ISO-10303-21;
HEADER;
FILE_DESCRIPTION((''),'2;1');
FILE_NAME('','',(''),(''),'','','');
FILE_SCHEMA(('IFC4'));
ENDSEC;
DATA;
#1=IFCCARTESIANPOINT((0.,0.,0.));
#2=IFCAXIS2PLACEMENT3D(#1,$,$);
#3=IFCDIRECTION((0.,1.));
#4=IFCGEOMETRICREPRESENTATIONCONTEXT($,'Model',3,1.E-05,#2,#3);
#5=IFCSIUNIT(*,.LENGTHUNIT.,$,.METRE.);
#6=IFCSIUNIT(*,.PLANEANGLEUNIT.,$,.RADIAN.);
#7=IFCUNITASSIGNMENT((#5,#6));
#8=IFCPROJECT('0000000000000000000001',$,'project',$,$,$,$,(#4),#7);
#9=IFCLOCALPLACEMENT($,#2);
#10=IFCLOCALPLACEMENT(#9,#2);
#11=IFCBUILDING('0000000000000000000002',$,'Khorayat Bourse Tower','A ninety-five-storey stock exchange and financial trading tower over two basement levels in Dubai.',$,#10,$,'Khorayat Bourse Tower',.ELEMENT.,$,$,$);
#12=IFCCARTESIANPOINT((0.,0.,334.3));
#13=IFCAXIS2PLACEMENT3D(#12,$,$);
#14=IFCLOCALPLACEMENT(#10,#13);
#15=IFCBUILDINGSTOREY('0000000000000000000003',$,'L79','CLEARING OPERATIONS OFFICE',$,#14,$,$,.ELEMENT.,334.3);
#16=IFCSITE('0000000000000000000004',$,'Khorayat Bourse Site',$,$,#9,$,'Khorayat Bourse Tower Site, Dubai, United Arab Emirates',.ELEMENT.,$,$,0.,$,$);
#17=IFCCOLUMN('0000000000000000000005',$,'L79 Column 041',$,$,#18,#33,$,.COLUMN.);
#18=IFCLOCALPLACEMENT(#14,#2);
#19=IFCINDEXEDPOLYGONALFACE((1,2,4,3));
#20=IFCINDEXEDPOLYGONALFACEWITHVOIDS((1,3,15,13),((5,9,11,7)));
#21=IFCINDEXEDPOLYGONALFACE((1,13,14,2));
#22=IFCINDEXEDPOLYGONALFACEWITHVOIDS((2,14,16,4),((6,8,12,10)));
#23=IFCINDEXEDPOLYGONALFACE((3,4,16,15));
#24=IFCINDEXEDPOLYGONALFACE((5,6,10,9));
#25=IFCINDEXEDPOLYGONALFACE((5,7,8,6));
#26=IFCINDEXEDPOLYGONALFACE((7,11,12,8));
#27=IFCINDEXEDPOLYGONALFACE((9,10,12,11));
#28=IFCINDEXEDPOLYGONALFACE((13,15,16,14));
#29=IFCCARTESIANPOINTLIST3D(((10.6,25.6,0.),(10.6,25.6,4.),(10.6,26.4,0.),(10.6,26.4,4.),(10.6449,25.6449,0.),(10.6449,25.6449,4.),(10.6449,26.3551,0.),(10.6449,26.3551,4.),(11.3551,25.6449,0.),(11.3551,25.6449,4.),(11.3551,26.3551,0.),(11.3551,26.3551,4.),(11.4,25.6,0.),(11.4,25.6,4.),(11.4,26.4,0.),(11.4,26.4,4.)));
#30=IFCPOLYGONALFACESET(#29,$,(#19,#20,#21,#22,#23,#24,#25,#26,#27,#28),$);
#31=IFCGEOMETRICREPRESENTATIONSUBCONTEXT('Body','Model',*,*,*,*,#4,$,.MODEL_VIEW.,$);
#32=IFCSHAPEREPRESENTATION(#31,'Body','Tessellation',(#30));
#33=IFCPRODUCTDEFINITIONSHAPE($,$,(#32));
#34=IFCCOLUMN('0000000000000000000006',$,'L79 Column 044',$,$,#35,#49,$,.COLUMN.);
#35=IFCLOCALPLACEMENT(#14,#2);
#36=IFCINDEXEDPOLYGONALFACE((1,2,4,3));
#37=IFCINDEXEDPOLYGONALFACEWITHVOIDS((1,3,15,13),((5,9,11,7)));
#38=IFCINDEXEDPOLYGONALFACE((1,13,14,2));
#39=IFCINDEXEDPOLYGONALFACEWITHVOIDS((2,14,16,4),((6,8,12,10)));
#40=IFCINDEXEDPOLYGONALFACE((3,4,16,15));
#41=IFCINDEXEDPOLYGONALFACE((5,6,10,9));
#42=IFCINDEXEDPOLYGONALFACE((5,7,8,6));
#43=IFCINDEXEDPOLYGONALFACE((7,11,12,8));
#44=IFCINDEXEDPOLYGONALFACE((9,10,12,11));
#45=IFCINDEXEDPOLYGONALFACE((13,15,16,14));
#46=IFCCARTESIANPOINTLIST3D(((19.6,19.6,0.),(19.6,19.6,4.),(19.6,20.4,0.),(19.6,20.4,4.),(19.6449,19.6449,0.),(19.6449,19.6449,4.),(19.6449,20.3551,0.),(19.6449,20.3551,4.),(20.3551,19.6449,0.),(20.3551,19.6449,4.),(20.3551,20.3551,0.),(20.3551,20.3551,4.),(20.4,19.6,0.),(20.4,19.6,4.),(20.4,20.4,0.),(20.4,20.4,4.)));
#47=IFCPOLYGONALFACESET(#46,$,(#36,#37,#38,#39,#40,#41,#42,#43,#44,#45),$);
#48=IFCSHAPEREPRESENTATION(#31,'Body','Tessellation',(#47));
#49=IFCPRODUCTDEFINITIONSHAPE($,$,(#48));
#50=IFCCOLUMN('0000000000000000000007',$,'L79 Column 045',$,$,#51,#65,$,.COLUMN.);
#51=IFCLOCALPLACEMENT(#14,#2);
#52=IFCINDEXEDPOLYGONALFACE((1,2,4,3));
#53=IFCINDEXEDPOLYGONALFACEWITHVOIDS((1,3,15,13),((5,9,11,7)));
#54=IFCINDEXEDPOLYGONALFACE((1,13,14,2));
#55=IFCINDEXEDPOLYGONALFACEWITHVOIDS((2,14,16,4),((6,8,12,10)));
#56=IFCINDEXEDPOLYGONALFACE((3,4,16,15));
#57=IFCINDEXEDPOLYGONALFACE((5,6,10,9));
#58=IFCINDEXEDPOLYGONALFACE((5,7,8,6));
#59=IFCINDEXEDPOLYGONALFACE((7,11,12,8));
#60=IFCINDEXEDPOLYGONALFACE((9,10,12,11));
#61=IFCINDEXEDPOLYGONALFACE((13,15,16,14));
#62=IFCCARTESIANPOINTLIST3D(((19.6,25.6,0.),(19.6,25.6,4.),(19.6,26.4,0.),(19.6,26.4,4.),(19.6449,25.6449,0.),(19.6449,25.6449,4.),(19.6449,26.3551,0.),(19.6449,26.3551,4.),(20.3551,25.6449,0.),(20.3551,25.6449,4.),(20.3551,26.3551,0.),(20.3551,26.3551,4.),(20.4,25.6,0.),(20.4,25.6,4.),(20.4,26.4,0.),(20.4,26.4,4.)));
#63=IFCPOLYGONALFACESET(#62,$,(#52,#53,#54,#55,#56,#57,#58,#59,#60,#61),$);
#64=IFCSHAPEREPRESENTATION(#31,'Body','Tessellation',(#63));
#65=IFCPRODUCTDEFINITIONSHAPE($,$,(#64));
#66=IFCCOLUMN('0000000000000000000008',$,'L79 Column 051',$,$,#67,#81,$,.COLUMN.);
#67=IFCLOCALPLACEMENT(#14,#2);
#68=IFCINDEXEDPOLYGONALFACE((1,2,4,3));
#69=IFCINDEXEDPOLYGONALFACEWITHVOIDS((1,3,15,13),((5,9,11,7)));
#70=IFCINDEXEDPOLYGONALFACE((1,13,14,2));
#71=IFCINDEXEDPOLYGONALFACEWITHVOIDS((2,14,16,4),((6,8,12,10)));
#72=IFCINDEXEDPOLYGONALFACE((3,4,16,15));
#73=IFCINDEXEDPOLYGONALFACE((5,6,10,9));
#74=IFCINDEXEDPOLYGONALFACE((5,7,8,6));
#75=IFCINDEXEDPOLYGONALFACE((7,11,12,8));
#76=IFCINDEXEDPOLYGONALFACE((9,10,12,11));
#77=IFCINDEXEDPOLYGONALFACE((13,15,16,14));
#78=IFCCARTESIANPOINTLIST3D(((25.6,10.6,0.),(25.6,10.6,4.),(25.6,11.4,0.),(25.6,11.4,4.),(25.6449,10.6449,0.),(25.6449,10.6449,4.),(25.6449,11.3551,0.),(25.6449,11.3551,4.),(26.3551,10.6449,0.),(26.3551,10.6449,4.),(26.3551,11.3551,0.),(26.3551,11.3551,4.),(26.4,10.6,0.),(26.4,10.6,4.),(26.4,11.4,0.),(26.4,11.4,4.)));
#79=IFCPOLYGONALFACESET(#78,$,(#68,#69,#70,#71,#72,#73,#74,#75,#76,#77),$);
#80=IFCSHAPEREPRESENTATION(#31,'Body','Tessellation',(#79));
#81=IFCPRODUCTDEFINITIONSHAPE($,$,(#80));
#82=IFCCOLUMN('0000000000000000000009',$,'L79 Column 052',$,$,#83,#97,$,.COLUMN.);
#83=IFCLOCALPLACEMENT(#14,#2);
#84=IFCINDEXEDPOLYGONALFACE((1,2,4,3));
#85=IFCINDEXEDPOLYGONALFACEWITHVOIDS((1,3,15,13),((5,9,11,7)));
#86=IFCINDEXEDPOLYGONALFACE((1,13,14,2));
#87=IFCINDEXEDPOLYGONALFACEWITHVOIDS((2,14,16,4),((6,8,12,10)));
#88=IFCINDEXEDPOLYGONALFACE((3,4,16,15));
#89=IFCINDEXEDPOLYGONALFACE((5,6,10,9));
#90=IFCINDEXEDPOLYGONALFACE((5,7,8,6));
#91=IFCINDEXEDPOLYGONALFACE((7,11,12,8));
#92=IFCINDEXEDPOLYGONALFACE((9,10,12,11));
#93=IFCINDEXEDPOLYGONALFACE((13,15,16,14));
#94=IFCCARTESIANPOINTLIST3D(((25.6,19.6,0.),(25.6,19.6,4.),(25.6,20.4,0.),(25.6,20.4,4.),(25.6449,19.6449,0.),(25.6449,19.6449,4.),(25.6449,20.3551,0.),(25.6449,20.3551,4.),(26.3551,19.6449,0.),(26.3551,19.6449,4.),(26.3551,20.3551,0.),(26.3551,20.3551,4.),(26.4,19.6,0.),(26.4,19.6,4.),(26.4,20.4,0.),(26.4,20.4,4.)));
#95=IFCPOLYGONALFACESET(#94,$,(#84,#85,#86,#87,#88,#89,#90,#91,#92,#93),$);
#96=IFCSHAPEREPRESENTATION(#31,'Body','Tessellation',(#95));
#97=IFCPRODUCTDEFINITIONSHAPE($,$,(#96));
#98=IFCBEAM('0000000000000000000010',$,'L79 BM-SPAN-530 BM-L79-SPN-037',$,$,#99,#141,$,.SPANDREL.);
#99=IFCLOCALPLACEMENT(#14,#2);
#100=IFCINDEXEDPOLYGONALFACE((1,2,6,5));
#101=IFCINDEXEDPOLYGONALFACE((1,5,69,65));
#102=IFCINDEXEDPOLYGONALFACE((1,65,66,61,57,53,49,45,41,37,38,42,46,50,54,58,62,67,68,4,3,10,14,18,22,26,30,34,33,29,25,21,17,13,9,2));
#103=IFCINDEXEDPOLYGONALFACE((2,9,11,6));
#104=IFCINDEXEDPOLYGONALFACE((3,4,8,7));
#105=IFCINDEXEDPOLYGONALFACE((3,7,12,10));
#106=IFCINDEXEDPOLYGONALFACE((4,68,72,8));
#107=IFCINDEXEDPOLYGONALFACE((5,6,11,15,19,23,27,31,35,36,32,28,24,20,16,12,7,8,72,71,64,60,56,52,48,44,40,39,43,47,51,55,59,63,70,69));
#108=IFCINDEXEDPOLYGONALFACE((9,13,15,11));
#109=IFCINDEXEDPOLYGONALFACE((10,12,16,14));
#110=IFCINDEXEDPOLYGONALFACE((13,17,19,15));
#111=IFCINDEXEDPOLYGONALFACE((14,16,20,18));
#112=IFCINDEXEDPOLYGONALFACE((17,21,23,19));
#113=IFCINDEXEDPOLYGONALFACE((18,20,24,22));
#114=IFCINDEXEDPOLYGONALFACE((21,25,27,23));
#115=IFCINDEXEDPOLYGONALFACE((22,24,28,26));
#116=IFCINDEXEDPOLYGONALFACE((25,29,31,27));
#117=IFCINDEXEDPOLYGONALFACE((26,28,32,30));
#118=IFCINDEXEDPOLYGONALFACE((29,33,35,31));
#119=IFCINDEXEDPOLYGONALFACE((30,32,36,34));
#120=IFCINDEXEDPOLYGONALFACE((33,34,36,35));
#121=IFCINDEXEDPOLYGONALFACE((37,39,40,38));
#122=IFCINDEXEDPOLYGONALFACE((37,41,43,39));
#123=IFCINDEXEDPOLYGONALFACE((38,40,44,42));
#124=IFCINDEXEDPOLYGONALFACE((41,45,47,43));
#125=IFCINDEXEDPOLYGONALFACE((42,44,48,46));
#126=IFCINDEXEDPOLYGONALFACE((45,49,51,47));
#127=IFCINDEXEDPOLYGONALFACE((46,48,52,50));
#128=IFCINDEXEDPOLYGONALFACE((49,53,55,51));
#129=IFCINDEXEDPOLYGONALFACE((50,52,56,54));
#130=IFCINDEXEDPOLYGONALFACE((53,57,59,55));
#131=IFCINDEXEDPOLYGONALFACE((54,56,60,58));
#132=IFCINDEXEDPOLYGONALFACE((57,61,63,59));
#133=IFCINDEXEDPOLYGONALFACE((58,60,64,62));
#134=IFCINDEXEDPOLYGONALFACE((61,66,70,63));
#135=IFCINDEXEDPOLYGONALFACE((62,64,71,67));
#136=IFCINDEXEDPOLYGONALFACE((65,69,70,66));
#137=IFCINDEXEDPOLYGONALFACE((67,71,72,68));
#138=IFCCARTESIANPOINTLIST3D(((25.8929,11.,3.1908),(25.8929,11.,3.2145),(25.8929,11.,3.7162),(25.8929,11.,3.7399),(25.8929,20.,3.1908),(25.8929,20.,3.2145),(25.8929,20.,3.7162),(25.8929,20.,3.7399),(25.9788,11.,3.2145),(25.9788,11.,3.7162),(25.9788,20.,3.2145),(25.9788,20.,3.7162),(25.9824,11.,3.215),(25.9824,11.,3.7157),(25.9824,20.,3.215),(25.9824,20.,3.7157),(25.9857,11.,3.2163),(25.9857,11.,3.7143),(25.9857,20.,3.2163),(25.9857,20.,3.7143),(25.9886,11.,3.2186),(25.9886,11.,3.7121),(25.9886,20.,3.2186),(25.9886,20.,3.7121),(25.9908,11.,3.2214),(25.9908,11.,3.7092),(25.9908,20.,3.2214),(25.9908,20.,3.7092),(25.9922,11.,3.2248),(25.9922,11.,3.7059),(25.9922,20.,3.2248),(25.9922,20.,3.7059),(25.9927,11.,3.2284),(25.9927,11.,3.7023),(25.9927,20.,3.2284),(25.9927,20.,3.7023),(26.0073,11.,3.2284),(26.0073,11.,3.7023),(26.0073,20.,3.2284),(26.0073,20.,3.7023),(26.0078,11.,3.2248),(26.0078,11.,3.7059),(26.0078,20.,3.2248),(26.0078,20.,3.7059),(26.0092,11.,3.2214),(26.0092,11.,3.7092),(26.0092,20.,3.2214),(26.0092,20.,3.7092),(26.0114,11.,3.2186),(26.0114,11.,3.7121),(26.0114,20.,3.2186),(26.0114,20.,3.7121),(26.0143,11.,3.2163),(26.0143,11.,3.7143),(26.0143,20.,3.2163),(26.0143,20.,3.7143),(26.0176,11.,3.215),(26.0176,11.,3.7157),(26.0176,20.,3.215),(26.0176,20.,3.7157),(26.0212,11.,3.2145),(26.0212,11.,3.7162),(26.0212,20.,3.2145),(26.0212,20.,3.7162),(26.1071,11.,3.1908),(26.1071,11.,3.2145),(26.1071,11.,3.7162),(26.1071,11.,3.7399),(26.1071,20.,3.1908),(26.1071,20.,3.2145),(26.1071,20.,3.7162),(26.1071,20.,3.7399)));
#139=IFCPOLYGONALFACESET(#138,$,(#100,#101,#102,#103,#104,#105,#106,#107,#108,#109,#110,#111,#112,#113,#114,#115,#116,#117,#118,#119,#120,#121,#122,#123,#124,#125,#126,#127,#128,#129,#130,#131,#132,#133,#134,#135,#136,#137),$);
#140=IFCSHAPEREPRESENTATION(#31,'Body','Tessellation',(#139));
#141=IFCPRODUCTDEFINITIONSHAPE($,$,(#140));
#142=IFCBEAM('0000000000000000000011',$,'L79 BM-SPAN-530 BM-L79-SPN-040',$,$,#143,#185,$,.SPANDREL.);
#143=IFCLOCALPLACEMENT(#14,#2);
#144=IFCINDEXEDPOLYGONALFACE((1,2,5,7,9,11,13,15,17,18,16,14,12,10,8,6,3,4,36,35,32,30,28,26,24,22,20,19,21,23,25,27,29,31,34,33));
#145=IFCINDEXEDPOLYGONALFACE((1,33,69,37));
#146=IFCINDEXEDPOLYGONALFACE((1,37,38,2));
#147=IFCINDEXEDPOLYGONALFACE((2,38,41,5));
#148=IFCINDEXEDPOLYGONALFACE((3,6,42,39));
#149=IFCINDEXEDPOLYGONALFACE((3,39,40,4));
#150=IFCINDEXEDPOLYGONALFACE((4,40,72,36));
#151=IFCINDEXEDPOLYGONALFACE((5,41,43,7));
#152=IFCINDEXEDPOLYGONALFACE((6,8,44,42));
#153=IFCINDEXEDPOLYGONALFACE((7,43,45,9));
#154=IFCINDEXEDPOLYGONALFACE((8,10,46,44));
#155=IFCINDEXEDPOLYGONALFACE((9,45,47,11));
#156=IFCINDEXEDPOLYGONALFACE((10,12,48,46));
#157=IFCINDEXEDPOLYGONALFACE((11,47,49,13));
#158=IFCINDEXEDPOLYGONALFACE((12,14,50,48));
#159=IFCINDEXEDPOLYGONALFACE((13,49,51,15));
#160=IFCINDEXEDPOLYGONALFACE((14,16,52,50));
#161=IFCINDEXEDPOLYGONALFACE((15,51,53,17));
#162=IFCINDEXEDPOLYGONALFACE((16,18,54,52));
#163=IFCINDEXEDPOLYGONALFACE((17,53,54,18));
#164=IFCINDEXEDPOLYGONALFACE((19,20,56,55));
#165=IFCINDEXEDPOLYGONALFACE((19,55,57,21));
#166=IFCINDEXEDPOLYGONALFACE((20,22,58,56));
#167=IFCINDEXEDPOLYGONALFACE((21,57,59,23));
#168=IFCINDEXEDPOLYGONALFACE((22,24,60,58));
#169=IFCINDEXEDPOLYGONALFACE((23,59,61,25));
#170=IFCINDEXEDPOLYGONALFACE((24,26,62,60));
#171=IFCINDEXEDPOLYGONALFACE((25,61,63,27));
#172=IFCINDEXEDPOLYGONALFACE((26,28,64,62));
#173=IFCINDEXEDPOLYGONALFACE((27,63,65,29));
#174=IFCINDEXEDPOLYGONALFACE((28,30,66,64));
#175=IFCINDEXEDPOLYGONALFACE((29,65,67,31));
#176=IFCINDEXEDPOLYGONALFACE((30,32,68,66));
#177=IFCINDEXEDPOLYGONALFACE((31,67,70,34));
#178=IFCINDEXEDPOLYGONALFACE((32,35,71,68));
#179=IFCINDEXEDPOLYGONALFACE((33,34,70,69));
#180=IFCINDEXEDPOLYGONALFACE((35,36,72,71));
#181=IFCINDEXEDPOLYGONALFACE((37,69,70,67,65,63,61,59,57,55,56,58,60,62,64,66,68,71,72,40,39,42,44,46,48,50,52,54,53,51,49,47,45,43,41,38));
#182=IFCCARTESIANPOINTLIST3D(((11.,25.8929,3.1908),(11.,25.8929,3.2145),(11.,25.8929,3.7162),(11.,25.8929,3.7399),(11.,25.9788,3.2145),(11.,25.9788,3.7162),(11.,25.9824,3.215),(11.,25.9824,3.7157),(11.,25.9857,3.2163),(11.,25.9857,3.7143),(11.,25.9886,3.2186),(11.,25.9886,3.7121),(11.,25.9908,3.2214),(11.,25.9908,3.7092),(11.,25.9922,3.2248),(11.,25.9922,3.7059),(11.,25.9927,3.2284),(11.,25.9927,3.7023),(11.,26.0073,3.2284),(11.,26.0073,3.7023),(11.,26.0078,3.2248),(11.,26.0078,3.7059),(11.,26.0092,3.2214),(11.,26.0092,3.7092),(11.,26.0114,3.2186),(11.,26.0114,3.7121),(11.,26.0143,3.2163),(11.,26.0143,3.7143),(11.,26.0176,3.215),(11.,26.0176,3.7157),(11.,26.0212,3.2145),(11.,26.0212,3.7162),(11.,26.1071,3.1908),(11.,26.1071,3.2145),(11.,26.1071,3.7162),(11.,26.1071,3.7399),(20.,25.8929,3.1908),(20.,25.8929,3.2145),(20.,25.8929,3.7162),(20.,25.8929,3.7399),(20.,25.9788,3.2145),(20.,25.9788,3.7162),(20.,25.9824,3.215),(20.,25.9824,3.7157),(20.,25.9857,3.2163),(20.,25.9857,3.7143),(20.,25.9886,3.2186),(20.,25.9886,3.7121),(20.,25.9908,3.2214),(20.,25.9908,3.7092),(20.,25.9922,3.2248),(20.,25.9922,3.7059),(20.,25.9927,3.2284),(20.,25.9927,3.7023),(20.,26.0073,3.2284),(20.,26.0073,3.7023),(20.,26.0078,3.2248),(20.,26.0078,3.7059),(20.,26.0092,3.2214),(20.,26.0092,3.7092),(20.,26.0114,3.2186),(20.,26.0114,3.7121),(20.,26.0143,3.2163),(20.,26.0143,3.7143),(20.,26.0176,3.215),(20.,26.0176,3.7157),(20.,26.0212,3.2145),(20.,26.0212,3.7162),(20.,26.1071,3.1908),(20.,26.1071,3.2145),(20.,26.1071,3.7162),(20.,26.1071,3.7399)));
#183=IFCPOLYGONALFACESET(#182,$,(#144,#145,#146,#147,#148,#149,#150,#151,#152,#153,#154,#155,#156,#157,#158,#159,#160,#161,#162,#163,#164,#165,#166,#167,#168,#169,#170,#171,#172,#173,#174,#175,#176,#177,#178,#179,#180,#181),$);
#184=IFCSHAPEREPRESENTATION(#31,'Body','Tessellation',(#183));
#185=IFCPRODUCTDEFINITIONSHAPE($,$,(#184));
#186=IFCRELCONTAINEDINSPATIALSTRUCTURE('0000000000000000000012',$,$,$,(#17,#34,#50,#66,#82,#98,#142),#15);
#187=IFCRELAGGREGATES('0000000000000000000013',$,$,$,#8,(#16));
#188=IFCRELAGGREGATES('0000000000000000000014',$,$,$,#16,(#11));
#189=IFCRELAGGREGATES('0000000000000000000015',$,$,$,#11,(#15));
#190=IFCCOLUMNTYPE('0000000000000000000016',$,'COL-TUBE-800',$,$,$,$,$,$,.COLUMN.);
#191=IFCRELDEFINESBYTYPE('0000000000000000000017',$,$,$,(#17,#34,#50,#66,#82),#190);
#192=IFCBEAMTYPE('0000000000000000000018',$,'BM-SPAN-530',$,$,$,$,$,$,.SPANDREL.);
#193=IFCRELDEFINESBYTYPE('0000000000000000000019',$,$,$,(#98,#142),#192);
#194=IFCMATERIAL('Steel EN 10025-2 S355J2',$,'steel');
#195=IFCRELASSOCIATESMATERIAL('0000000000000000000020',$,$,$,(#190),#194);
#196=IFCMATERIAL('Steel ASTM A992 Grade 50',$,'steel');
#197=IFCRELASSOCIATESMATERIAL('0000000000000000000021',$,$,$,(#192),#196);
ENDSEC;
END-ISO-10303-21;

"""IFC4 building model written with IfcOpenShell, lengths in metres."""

from ifc_helpers import new_model, si_unit, direction, frame, origin, origin_2d, place, context, subcontext, project, spatial, hollow_rectangle, i_section, extrude, source, transform, mapped, material, material_profile, profile_set, type_object, element, save


model = new_model("IFC4")

# Units and contexts
model_context = context("Model", 3, precision=1e-05, world=origin(), true_north=direction((0.0, 1.0)))
body_context = subcontext(model_context, "Body", "Model", "MODEL_VIEW")
ifc_project = project(units=[si_unit("LENGTHUNIT", "METRE"), si_unit("PLANEANGLEUNIT", "RADIAN")], contexts=[model_context])

# Site, building, storey
site_placement = place(None, origin())
site = spatial("IfcSite", under=ifc_project, at=site_placement, Name="Khorayat Bourse Site", LongName="Khorayat Bourse Tower Site, Dubai, United Arab Emirates", CompositionType="ELEMENT", RefElevation=0.0)
building_placement = place(site_placement, origin())
building = spatial("IfcBuilding", under=site, at=building_placement, Name="Khorayat Bourse Tower", Description="A ninety-five-storey stock exchange and financial trading tower over two basement levels in Dubai.", LongName="Khorayat Bourse Tower", CompositionType="ELEMENT")
storey_placement = place(building_placement, frame((0.0, 0.0, 334.3)))
storey = spatial("IfcBuildingStorey", under=building, at=storey_placement, Name="L79", Description="CLEARING OPERATIONS OFFICE", CompositionType="ELEMENT", Elevation=334.3)

# Columns
ifc_material_1 = material(Name="Steel EN 10025-2 S355J2", Category="steel")
ifc_material_profile_1 = material_profile(ifc_material_1, hollow_rectangle(XDim=0.8, YDim=0.8, WallThickness=0.0449, at=origin_2d()), Name="BOX 800x800x45")
ifc_profile_set_1 = profile_set([ifc_material_profile_1], Name="Steel EN 10025-2 S355J2")
column_type = type_object("IfcColumnType", Name="COL-TUBE-800", PredefinedType="COLUMN", material=ifc_profile_set_1)
shared_shape_1 = source(origin(), body_context, "Body", "SweptSolid", [
    extrude(hollow_rectangle(XDim=0.8, YDim=0.8, WallThickness=0.0449, at=origin_2d()), origin(), (0.0, 0.0, 1.0), 4.0),
])
for number, where, z_axis, x_axis, name in (
    (1, (11.0, 26.0, 0.0), (0.0, 0.0, 1.0), (1.0, 0.0, 0.0), "L79 Column 041"),
    (2, (20.0, 20.0, 0.0), (0.0, 0.0, 1.0), (1.0, 0.0, 0.0), "L79 Column 044"),
    (3, (20.0, 26.0, 0.0), (0.0, 0.0, 1.0), (1.0, 0.0, 0.0), "L79 Column 045"),
    (4, (26.0, 11.0, 0.0), (0.0, 0.0, 1.0), (1.0, 0.0, 0.0), "L79 Column 051"),
    (5, (26.0, 20.0, 0.0), (0.0, 0.0, 1.0), (1.0, 0.0, 0.0), "L79 Column 052"),
):
    element("IfcColumn", number, at=place(storey_placement, frame(where, z_axis=z_axis, x_axis=x_axis)), inside=storey, type_object=column_type, Name=name, PredefinedType="COLUMN", context=body_context, shape_type="MappedRepresentation", body=[
        mapped(shared_shape_1, transform((0.0, 0.0, 0.0), scale=1.0)),
    ])

# Beams
ifc_material_2 = material(Name="Steel ASTM A992 Grade 50", Category="steel")
ifc_material_profile_2 = material_profile(ifc_material_2, i_section(OverallWidth=0.2141, OverallDepth=0.5491, WebThickness=0.0146, FlangeThickness=0.0237, FilletRadius=0.0139, at=origin_2d()), Name="W530X138")
ifc_profile_set_2 = profile_set([ifc_material_profile_2], Name="Steel ASTM A992 Grade 50")
beam_type_1 = type_object("IfcBeamType", Name="BM-SPAN-530", PredefinedType="SPANDREL", material=ifc_profile_set_2)
shared_shape_2 = source(origin(), body_context, "Body", "SweptSolid", [
    extrude(i_section(OverallWidth=0.2141, OverallDepth=0.5491, WebThickness=0.0146, FlangeThickness=0.0237, FilletRadius=0.0139, at=origin_2d()), origin(), (0.0, 0.0, 1.0), 9.0),
])
for number, where, z_axis, x_axis, name in (
    (6, (26.0, 11.0, 3.4653), (0.0, 1.0, 0.0), (-1.0, 0.0, 0.0), "L79 BM-SPAN-530 BM-L79-SPN-037"),
    (7, (11.0, 26.0, 3.4653), (1.0, 0.0, 0.0), (0.0, 1.0, 0.0), "L79 BM-SPAN-530 BM-L79-SPN-040"),
):
    element("IfcBeam", number, at=place(storey_placement, frame(where, z_axis=z_axis, x_axis=x_axis)), inside=storey, type_object=beam_type_1, Name=name, PredefinedType="SPANDREL", context=body_context, shape_type="MappedRepresentation", body=[
        mapped(shared_shape_2, transform((0.0, 0.0, 0.0), scale=1.0)),
    ])

save(model, "model.ifc")
